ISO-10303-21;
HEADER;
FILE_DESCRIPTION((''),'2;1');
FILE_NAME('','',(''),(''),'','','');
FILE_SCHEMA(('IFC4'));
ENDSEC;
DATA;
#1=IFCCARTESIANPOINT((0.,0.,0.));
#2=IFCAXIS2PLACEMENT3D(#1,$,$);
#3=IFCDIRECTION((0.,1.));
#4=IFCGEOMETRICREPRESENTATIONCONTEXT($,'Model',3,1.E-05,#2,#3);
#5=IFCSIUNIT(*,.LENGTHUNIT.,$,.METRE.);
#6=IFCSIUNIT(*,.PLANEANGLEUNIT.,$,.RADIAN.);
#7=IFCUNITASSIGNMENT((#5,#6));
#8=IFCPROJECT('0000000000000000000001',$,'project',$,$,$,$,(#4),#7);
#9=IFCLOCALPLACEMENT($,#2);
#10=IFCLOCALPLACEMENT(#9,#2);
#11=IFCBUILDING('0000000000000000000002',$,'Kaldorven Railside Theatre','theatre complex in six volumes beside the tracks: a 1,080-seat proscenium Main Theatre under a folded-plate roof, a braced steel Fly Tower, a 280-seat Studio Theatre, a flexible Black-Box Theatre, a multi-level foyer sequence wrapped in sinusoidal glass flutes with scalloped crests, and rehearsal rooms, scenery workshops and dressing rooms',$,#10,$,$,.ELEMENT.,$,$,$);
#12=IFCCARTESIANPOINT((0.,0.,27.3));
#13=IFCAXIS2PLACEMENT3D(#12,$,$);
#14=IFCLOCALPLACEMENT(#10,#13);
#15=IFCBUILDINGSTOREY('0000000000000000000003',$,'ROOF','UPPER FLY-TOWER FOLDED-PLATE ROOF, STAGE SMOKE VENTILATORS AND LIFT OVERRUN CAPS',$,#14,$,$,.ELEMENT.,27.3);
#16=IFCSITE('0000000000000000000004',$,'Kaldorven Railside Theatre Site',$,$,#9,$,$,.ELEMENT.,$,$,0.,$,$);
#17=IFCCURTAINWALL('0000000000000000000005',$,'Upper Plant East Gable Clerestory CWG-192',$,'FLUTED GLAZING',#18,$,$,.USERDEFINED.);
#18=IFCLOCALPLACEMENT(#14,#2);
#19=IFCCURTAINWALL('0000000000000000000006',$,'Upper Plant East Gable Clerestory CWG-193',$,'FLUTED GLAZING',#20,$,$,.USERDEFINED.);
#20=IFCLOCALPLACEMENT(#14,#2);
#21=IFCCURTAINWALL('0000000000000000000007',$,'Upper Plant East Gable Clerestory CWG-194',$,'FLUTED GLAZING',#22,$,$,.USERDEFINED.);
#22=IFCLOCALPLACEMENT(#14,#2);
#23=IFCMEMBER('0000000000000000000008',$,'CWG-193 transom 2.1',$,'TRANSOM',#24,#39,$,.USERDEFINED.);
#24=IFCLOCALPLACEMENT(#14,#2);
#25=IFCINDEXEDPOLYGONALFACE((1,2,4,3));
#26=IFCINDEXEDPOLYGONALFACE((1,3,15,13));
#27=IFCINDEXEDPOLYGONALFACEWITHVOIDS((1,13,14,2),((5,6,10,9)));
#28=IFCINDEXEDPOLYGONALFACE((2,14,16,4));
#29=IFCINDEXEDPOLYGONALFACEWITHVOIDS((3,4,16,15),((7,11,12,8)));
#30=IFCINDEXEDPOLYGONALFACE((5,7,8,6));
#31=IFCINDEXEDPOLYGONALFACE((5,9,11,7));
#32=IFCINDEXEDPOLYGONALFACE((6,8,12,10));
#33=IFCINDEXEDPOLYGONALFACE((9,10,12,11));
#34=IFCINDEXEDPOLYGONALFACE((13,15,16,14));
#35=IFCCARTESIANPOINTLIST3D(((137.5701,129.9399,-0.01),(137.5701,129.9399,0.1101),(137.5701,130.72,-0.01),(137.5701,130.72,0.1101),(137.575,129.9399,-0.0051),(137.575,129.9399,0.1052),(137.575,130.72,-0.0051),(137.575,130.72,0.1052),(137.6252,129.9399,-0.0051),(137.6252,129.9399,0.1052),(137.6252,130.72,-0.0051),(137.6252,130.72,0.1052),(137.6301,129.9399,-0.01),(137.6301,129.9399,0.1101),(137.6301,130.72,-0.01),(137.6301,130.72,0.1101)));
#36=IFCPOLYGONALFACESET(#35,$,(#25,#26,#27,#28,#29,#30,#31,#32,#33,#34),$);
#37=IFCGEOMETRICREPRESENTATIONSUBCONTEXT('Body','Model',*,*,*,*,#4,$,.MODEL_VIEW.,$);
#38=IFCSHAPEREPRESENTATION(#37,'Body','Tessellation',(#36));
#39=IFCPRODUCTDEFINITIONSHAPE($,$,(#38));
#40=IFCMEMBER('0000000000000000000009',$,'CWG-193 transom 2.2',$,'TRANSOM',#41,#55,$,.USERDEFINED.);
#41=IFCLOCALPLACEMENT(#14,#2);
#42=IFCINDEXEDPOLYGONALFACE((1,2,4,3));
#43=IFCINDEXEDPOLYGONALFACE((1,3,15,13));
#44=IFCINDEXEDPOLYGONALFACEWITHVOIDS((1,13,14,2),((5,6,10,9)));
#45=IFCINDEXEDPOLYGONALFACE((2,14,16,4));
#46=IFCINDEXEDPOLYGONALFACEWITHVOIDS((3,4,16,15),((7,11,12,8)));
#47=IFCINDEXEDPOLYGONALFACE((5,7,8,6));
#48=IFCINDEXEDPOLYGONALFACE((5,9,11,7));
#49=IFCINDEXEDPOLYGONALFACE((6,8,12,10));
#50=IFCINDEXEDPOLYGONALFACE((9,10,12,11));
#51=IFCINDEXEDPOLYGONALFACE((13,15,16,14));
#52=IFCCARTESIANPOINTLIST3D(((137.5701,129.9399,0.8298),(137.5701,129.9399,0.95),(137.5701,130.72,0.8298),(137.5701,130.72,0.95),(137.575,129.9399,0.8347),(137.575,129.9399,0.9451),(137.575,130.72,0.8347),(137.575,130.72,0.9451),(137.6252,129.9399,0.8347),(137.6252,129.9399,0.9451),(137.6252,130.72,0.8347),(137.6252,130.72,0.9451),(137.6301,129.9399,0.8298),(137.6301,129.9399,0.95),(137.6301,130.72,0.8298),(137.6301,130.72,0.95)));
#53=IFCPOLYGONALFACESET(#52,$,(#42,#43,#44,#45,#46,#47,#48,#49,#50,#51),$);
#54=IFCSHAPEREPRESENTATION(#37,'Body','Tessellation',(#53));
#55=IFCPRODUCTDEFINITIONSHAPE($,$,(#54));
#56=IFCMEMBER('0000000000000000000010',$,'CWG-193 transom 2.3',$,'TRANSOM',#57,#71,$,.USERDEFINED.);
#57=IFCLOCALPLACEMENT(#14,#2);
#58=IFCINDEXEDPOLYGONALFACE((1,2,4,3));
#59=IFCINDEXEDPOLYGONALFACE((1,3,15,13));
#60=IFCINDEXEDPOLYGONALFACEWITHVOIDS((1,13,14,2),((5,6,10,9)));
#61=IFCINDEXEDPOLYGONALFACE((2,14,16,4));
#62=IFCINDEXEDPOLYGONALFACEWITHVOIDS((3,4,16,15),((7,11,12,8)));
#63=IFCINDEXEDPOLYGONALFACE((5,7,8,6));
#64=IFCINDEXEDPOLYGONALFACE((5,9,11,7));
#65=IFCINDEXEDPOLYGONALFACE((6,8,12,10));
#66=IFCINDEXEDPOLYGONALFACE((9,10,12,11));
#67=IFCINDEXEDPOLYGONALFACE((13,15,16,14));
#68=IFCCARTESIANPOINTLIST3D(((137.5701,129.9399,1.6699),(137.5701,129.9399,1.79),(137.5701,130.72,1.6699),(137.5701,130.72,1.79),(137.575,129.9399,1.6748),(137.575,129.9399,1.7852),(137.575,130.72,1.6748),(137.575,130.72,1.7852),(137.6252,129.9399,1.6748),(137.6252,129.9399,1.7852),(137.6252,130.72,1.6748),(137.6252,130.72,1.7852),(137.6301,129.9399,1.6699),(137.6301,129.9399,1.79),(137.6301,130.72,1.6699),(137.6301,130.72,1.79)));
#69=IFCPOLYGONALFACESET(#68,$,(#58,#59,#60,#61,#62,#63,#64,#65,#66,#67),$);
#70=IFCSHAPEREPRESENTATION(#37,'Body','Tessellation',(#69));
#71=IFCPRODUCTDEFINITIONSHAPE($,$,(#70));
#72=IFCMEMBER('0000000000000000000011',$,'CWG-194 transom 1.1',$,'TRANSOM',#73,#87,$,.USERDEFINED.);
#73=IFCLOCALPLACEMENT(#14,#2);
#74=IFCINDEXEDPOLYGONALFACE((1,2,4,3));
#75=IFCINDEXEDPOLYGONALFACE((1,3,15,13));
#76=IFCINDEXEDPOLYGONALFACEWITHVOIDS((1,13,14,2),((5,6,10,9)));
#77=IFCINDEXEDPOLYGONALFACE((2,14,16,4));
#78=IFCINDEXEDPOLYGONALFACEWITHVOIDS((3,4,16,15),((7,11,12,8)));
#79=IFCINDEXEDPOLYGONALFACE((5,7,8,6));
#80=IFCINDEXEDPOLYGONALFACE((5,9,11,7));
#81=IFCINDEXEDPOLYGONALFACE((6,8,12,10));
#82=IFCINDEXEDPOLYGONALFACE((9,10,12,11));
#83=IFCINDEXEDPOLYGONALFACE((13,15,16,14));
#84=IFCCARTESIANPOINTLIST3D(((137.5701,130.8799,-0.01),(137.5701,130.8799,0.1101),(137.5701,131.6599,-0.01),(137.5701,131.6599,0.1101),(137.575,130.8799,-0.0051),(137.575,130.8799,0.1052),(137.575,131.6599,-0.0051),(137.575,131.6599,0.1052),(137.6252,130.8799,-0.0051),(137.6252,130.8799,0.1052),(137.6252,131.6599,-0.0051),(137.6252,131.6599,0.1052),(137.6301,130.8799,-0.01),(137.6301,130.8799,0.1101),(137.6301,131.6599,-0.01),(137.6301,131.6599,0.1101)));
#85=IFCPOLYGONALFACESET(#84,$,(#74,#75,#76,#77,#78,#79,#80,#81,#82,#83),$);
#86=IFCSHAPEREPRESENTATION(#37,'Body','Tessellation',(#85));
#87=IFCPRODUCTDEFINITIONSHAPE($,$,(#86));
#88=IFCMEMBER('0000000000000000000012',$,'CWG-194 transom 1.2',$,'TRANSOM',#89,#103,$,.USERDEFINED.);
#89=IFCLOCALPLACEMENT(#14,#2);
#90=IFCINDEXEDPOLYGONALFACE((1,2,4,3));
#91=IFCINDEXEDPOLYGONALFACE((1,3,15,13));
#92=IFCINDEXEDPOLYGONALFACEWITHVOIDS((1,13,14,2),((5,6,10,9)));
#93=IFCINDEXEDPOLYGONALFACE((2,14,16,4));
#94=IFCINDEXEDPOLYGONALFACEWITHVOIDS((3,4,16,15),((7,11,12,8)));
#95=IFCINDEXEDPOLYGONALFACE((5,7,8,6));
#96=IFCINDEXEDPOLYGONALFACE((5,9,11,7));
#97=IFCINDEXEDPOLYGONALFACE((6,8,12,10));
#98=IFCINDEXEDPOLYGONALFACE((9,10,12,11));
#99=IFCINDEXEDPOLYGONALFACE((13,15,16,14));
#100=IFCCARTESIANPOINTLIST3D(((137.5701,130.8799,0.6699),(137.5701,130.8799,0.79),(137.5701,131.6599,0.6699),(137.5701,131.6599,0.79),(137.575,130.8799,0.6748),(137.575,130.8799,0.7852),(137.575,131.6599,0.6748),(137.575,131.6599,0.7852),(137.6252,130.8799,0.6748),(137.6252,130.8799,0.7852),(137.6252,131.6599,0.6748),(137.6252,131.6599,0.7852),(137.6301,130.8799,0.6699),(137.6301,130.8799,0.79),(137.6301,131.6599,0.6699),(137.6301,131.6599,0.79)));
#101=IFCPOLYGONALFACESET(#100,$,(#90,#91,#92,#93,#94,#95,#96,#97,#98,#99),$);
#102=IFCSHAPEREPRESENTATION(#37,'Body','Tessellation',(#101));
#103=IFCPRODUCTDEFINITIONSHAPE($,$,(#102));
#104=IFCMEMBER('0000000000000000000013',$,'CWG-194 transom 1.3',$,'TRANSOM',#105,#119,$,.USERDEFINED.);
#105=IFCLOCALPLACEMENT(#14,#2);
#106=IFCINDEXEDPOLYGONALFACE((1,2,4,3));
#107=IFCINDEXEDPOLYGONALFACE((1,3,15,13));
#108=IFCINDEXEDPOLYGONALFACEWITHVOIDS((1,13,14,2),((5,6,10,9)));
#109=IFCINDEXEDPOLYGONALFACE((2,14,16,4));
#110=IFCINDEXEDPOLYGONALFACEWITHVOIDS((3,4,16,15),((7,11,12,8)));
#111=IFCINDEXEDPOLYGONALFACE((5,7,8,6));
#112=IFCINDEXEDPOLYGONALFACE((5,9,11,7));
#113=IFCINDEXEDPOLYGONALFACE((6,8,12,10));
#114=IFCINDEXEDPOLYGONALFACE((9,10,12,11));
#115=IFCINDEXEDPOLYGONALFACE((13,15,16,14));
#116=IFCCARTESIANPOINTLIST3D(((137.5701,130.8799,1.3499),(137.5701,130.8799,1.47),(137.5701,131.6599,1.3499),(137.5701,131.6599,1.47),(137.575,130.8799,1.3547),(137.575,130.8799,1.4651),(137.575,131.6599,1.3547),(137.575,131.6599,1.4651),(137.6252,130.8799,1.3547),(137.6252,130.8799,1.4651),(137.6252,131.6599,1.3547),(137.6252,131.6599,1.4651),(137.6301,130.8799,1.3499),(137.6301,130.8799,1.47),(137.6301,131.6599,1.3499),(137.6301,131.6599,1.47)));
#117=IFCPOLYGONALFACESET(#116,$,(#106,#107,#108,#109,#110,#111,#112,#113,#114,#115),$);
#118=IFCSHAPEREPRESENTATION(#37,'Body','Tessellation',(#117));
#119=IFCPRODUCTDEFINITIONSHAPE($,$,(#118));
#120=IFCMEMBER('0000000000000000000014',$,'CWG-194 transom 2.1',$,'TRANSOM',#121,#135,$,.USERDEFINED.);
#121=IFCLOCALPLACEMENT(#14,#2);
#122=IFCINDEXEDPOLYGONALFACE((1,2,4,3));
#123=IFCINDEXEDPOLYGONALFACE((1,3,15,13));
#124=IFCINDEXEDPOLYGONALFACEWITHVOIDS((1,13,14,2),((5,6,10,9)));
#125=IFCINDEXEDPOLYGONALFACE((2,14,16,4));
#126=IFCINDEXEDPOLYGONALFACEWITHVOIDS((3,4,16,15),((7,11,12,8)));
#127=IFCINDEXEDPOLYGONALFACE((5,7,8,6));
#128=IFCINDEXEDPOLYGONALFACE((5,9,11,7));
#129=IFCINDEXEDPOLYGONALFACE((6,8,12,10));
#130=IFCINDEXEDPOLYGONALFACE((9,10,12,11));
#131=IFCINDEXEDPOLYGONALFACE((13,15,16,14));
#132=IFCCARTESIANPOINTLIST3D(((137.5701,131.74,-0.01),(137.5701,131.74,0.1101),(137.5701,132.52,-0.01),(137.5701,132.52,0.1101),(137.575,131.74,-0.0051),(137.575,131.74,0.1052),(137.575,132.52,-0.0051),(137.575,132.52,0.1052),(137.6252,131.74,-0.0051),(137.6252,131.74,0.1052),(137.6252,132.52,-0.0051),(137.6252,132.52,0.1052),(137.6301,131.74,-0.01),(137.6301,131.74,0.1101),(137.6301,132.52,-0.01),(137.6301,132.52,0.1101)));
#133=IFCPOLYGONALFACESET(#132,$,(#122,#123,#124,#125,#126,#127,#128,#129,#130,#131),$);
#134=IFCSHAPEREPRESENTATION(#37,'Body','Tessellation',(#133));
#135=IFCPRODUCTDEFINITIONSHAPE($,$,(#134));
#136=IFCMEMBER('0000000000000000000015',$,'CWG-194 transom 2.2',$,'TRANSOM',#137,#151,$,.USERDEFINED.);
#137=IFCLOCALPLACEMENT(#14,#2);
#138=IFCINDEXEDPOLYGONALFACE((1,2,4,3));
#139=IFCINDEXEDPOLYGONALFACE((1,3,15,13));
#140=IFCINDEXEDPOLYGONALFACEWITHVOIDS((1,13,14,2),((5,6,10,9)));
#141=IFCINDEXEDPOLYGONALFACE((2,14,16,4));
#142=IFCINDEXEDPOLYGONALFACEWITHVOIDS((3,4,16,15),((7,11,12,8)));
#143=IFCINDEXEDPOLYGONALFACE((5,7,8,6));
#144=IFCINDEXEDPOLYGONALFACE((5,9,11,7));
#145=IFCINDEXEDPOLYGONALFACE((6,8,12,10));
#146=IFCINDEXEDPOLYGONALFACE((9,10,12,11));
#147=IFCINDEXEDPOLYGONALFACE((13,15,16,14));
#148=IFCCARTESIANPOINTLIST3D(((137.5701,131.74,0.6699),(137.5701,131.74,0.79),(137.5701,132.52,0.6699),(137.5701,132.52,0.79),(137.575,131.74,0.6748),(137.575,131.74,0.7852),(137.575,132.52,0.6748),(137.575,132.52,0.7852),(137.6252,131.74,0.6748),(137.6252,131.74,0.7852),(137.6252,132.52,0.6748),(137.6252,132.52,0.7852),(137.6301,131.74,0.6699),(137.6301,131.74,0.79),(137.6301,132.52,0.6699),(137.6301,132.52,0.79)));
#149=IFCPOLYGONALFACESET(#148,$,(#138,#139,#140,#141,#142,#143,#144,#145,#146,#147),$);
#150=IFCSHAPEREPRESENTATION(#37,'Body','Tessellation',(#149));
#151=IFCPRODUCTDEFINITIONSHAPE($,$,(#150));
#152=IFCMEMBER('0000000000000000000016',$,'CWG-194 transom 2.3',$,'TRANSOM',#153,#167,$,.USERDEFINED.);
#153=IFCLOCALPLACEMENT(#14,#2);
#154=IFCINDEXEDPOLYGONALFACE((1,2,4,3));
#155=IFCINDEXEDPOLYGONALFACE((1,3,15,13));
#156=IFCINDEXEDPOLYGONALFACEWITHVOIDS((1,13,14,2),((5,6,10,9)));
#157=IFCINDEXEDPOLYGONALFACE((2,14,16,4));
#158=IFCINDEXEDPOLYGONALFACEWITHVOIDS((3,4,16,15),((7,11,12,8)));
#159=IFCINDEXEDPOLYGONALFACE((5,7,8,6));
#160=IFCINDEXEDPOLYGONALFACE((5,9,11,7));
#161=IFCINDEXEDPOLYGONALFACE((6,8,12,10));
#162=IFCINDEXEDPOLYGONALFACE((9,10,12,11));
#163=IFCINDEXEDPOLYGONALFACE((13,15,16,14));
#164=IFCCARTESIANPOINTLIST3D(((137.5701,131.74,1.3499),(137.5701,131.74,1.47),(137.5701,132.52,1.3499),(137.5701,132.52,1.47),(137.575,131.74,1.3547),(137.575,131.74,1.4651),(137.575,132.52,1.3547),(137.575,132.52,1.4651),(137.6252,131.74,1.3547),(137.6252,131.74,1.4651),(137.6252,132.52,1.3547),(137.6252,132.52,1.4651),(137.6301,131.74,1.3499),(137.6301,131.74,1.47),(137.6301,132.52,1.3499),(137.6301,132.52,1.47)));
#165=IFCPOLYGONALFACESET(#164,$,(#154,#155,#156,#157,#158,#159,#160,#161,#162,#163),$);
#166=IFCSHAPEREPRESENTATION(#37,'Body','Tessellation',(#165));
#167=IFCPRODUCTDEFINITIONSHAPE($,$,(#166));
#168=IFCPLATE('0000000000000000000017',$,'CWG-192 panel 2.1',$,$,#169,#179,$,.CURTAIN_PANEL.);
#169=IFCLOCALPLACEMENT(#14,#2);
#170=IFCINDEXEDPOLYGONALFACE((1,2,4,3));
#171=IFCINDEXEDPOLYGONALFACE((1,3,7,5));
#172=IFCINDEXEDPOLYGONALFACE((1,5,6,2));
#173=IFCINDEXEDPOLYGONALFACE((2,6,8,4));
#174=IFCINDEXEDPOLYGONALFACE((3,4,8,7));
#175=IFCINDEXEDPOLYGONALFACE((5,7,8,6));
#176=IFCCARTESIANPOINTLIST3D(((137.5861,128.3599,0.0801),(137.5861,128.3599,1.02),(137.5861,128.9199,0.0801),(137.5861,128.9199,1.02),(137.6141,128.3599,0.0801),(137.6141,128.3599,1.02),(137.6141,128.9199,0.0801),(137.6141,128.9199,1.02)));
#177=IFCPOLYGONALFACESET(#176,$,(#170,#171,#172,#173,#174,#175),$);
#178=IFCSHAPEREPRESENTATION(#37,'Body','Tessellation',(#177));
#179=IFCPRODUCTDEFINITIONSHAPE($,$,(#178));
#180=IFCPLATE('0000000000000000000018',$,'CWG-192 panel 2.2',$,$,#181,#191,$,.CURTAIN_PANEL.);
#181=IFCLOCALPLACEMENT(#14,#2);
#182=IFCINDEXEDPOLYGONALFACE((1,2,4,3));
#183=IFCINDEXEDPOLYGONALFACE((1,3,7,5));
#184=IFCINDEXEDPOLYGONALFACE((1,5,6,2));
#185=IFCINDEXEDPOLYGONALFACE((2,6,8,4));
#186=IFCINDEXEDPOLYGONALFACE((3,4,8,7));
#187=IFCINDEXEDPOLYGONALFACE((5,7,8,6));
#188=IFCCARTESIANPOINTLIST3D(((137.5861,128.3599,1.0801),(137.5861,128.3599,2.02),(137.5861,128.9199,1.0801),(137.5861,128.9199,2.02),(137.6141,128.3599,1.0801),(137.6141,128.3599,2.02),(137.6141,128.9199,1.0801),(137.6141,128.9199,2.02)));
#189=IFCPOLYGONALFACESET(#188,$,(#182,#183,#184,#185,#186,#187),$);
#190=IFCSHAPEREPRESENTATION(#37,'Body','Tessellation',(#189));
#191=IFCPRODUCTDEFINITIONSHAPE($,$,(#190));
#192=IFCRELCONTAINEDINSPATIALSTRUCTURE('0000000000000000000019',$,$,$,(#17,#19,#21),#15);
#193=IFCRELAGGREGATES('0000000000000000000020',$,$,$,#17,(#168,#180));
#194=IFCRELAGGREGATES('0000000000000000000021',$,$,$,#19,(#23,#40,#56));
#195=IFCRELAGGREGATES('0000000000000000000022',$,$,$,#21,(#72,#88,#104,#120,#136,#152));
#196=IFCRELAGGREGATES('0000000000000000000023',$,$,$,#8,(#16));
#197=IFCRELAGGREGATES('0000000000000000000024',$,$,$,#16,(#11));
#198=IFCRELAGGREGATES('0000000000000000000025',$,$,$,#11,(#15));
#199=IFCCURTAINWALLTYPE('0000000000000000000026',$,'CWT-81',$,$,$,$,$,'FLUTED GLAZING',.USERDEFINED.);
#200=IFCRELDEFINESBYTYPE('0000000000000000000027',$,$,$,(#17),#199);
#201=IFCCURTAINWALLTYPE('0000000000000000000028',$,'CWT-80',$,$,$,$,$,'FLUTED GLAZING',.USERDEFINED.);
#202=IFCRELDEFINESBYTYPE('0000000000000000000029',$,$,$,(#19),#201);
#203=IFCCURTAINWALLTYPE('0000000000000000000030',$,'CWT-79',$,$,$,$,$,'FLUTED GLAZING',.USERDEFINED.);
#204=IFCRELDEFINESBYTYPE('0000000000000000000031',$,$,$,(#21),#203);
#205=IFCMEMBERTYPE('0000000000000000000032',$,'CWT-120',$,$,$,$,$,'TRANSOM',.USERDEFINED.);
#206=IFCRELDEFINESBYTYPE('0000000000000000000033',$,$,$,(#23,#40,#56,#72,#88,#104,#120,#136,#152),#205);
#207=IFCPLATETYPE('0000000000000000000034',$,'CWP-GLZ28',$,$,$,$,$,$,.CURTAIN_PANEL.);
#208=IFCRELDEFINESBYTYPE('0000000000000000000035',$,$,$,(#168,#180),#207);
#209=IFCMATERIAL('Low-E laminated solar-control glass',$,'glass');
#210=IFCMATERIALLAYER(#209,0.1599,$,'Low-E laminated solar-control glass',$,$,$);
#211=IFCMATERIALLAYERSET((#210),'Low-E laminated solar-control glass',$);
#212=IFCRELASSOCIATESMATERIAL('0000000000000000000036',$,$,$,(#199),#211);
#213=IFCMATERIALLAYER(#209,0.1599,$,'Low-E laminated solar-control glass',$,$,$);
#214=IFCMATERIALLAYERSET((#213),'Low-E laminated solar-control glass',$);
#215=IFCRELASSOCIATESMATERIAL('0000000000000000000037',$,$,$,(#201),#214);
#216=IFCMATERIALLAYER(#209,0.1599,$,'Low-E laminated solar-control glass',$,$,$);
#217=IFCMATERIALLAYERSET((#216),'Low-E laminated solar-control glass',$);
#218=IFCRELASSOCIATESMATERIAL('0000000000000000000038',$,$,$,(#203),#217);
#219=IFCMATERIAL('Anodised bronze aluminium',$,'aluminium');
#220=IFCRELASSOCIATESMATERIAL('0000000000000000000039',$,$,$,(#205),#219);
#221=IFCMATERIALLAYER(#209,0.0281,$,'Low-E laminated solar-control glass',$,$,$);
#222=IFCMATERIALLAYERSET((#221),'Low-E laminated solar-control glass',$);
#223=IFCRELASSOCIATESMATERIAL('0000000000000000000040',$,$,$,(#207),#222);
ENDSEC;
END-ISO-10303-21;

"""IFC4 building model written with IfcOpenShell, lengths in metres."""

from ifc_helpers import new_model, si_unit, direction, frame, origin, origin_2d, place, context, subcontext, project, spatial, rectangle, hollow_rectangle, extrude, material, layer, layer_set, material_profile, profile_set, type_object, element, aggregate, save


model = new_model("IFC4")

# Units and contexts
model_context = context("Model", 3, precision=1e-05, world=origin(), true_north=direction((0.0, 1.0)))
body_context = subcontext(model_context, "Body", "Model", "MODEL_VIEW")
ifc_project = project(units=[si_unit("LENGTHUNIT", "METRE"), si_unit("PLANEANGLEUNIT", "RADIAN")], contexts=[model_context])

# Site, building, storey
site_placement = place(None, origin())
site = spatial("IfcSite", under=ifc_project, at=site_placement, Name="Kaldorven Railside Theatre Site", CompositionType="ELEMENT", RefElevation=0.0)
building_placement = place(site_placement, origin())
building = spatial("IfcBuilding", under=site, at=building_placement, Name="Kaldorven Railside Theatre", Description="theatre complex in six volumes beside the tracks: a 1,080-seat proscenium Main Theatre under a folded-plate roof, a braced steel Fly Tower, a 280-seat Studio Theatre, a flexible Black-Box Theatre, a multi-level foyer sequence wrapped in sinusoidal glass flutes with scalloped crests, and rehearsal rooms, scenery workshops and dressing rooms", CompositionType="ELEMENT")
storey_placement = place(building_placement, frame((0.0, 0.0, 27.3)))
storey = spatial("IfcBuildingStorey", under=building, at=storey_placement, Name="ROOF", Description="UPPER FLY-TOWER FOLDED-PLATE ROOF, STAGE SMOKE VENTILATORS AND LIFT OVERRUN CAPS", CompositionType="ELEMENT", Elevation=27.3)

# Curtain wall
ifc_material_1 = material(Name="Low-E laminated solar-control glass", Category="glass")
ifc_layer_1 = layer(ifc_material_1, 0.1599, Name="Low-E laminated solar-control glass")
ifc_layer_set_1 = layer_set([ifc_layer_1], Name="Low-E laminated solar-control glass")
curtain_wall_type_1 = type_object("IfcCurtainWallType", Name="CWT-81", ElementType="FLUTED GLAZING", PredefinedType="USERDEFINED", material=ifc_layer_set_1)
curtain_wall_1_placement = place(storey_placement, origin())
curtain_wall_1 = element("IfcCurtainWall", 1, at=curtain_wall_1_placement, inside=storey, type_object=curtain_wall_type_1, Name="Upper Plant East Gable Clerestory CWG-192", ObjectType="FLUTED GLAZING", PredefinedType="USERDEFINED")
ifc_material_2 = material(Name="Anodised bronze aluminium", Category="aluminium")

# Curtain walls
ifc_layer_2 = layer(ifc_material_1, 0.1599, Name="Low-E laminated solar-control glass")
ifc_layer_set_2 = layer_set([ifc_layer_2], Name="Low-E laminated solar-control glass")
curtain_wall_type_2 = type_object("IfcCurtainWallType", Name="CWT-80", ElementType="FLUTED GLAZING", PredefinedType="USERDEFINED", material=ifc_layer_set_2)
curtain_wall_2_placement = place(storey_placement, origin())
curtain_wall_2 = element("IfcCurtainWall", 2, at=curtain_wall_2_placement, inside=storey, type_object=curtain_wall_type_2, Name="Upper Plant East Gable Clerestory CWG-193", ObjectType="FLUTED GLAZING", PredefinedType="USERDEFINED")
ifc_layer_3 = layer(ifc_material_1, 0.1599, Name="Low-E laminated solar-control glass")
ifc_layer_set_3 = layer_set([ifc_layer_3], Name="Low-E laminated solar-control glass")
curtain_wall_type_3 = type_object("IfcCurtainWallType", Name="CWT-79", ElementType="FLUTED GLAZING", PredefinedType="USERDEFINED", material=ifc_layer_set_3)
curtain_wall_3_placement = place(storey_placement, origin())
curtain_wall_3 = element("IfcCurtainWall", 3, at=curtain_wall_3_placement, inside=storey, type_object=curtain_wall_type_3, Name="Upper Plant East Gable Clerestory CWG-194", ObjectType="FLUTED GLAZING", PredefinedType="USERDEFINED")

# Members
ifc_material_profile_1 = material_profile(ifc_material_2, hollow_rectangle(XDim=0.0601, YDim=0.1201, WallThickness=0.0049, at=origin_2d()), Name="RHS 120x60x5")
ifc_profile_set_1 = profile_set([ifc_material_profile_1], Name="Anodised bronze aluminium")
member_type_1 = type_object("IfcMemberType", Name="CWT-120", ElementType="TRANSOM", PredefinedType="USERDEFINED", material=ifc_profile_set_1)
member_1_placement = place(storey_placement, frame((137.6001, 129.9399, 0.05), z_axis=(0.0, 1.0, 0.0), x_axis=(-1.0, 0.0, 0.0)))
member_1 = element("IfcMember", 4, at=member_1_placement, type_object=member_type_1, Name="CWG-193 transom 2.1", ObjectType="TRANSOM", PredefinedType="USERDEFINED", context=body_context, shape_type="SweptSolid", body=[
    extrude(hollow_rectangle(XDim=0.0601, YDim=0.1201, WallThickness=0.0049, at=origin_2d()), origin(), (0.0, 0.0, 1.0), 0.78),
])
member_2_placement = place(storey_placement, frame((137.6001, 129.9399, 0.8899), z_axis=(0.0, 1.0, 0.0), x_axis=(-1.0, 0.0, 0.0)))
member_2 = element("IfcMember", 5, at=member_2_placement, type_object=member_type_1, Name="CWG-193 transom 2.2", ObjectType="TRANSOM", PredefinedType="USERDEFINED", context=body_context, shape_type="SweptSolid", body=[
    extrude(hollow_rectangle(XDim=0.0601, YDim=0.1201, WallThickness=0.0049, at=origin_2d()), origin(), (0.0, 0.0, 1.0), 0.78),
])
member_3_placement = place(storey_placement, frame((137.6001, 129.9399, 1.73), z_axis=(0.0, 1.0, 0.0), x_axis=(-1.0, 0.0, 0.0)))
member_3 = element("IfcMember", 6, at=member_3_placement, type_object=member_type_1, Name="CWG-193 transom 2.3", ObjectType="TRANSOM", PredefinedType="USERDEFINED", context=body_context, shape_type="SweptSolid", body=[
    extrude(hollow_rectangle(XDim=0.0601, YDim=0.1201, WallThickness=0.0049, at=origin_2d()), origin(), (0.0, 0.0, 1.0), 0.78),
])
member_4_placement = place(storey_placement, frame((137.6001, 130.8799, 0.05), z_axis=(0.0, 1.0, 0.0), x_axis=(-1.0, 0.0, 0.0)))
member_4 = element("IfcMember", 7, at=member_4_placement, type_object=member_type_1, Name="CWG-194 transom 1.1", ObjectType="TRANSOM", PredefinedType="USERDEFINED", context=body_context, shape_type="SweptSolid", body=[
    extrude(hollow_rectangle(XDim=0.0601, YDim=0.1201, WallThickness=0.0049, at=origin_2d()), origin(), (0.0, 0.0, 1.0), 0.78),
])
member_5_placement = place(storey_placement, frame((137.6001, 130.8799, 0.73), z_axis=(0.0, 1.0, 0.0), x_axis=(-1.0, 0.0, 0.0)))
member_5 = element("IfcMember", 8, at=member_5_placement, type_object=member_type_1, Name="CWG-194 transom 1.2", ObjectType="TRANSOM", PredefinedType="USERDEFINED", context=body_context, shape_type="SweptSolid", body=[
    extrude(hollow_rectangle(XDim=0.0601, YDim=0.1201, WallThickness=0.0049, at=origin_2d()), origin(), (0.0, 0.0, 1.0), 0.78),
])
member_6_placement = place(storey_placement, frame((137.6001, 130.8799, 1.4099), z_axis=(0.0, 1.0, 0.0), x_axis=(-1.0, 0.0, 0.0)))
member_6 = element("IfcMember", 9, at=member_6_placement, type_object=member_type_1, Name="CWG-194 transom 1.3", ObjectType="TRANSOM", PredefinedType="USERDEFINED", context=body_context, shape_type="SweptSolid", body=[
    extrude(hollow_rectangle(XDim=0.0601, YDim=0.1201, WallThickness=0.0049, at=origin_2d()), origin(), (0.0, 0.0, 1.0), 0.78),
])
member_7_placement = place(storey_placement, frame((137.6001, 131.74, 0.05), z_axis=(0.0, 1.0, 0.0), x_axis=(-1.0, 0.0, 0.0)))
member_7 = element("IfcMember", 10, at=member_7_placement, type_object=member_type_1, Name="CWG-194 transom 2.1", ObjectType="TRANSOM", PredefinedType="USERDEFINED", context=body_context, shape_type="SweptSolid", body=[
    extrude(hollow_rectangle(XDim=0.0601, YDim=0.1201, WallThickness=0.0049, at=origin_2d()), origin(), (0.0, 0.0, 1.0), 0.78),
])
member_8_placement = place(storey_placement, frame((137.6001, 131.74, 0.73), z_axis=(0.0, 1.0, 0.0), x_axis=(-1.0, 0.0, 0.0)))
member_8 = element("IfcMember", 11, at=member_8_placement, type_object=member_type_1, Name="CWG-194 transom 2.2", ObjectType="TRANSOM", PredefinedType="USERDEFINED", context=body_context, shape_type="SweptSolid", body=[
    extrude(hollow_rectangle(XDim=0.0601, YDim=0.1201, WallThickness=0.0049, at=origin_2d()), origin(), (0.0, 0.0, 1.0), 0.78),
])
member_9_placement = place(storey_placement, frame((137.6001, 131.74, 1.4099), z_axis=(0.0, 1.0, 0.0), x_axis=(-1.0, 0.0, 0.0)))
member_9 = element("IfcMember", 12, at=member_9_placement, type_object=member_type_1, Name="CWG-194 transom 2.3", ObjectType="TRANSOM", PredefinedType="USERDEFINED", context=body_context, shape_type="SweptSolid", body=[
    extrude(hollow_rectangle(XDim=0.0601, YDim=0.1201, WallThickness=0.0049, at=origin_2d()), origin(), (0.0, 0.0, 1.0), 0.78),
])

# Plates
ifc_layer_4 = layer(ifc_material_1, 0.0281, Name="Low-E laminated solar-control glass")
ifc_layer_set_4 = layer_set([ifc_layer_4], Name="Low-E laminated solar-control glass")
plate_type = type_object("IfcPlateType", Name="CWP-GLZ28", PredefinedType="CURTAIN_PANEL", material=ifc_layer_set_4)
plate_1_placement = place(storey_placement, frame((137.6001, 128.6399, 0.0801), z_axis=(0.0, 0.0, 1.0), x_axis=(0.0, 1.0, 0.0)))
plate_1 = element("IfcPlate", 13, at=plate_1_placement, type_object=plate_type, Name="CWG-192 panel 2.1", PredefinedType="CURTAIN_PANEL", context=body_context, shape_type="SweptSolid", body=[
    extrude(rectangle(XDim=0.5601, YDim=0.0281, at=origin_2d()), origin(), (0.0, 0.0, 1.0), 0.9399),
])
plate_2_placement = place(storey_placement, frame((137.6001, 128.6399, 1.0801), z_axis=(0.0, 0.0, 1.0), x_axis=(0.0, 1.0, 0.0)))
plate_2 = element("IfcPlate", 14, at=plate_2_placement, type_object=plate_type, Name="CWG-192 panel 2.2", PredefinedType="CURTAIN_PANEL", context=body_context, shape_type="SweptSolid", body=[
    extrude(rectangle(XDim=0.5601, YDim=0.0281, at=origin_2d()), origin(), (0.0, 0.0, 1.0), 0.9399),
])
aggregate(curtain_wall_1, [plate_1, plate_2])
aggregate(curtain_wall_2, [member_1, member_2, member_3])
aggregate(curtain_wall_3, [member_4, member_5, member_6, member_7, member_8, member_9])

save(model, "model.ifc")
